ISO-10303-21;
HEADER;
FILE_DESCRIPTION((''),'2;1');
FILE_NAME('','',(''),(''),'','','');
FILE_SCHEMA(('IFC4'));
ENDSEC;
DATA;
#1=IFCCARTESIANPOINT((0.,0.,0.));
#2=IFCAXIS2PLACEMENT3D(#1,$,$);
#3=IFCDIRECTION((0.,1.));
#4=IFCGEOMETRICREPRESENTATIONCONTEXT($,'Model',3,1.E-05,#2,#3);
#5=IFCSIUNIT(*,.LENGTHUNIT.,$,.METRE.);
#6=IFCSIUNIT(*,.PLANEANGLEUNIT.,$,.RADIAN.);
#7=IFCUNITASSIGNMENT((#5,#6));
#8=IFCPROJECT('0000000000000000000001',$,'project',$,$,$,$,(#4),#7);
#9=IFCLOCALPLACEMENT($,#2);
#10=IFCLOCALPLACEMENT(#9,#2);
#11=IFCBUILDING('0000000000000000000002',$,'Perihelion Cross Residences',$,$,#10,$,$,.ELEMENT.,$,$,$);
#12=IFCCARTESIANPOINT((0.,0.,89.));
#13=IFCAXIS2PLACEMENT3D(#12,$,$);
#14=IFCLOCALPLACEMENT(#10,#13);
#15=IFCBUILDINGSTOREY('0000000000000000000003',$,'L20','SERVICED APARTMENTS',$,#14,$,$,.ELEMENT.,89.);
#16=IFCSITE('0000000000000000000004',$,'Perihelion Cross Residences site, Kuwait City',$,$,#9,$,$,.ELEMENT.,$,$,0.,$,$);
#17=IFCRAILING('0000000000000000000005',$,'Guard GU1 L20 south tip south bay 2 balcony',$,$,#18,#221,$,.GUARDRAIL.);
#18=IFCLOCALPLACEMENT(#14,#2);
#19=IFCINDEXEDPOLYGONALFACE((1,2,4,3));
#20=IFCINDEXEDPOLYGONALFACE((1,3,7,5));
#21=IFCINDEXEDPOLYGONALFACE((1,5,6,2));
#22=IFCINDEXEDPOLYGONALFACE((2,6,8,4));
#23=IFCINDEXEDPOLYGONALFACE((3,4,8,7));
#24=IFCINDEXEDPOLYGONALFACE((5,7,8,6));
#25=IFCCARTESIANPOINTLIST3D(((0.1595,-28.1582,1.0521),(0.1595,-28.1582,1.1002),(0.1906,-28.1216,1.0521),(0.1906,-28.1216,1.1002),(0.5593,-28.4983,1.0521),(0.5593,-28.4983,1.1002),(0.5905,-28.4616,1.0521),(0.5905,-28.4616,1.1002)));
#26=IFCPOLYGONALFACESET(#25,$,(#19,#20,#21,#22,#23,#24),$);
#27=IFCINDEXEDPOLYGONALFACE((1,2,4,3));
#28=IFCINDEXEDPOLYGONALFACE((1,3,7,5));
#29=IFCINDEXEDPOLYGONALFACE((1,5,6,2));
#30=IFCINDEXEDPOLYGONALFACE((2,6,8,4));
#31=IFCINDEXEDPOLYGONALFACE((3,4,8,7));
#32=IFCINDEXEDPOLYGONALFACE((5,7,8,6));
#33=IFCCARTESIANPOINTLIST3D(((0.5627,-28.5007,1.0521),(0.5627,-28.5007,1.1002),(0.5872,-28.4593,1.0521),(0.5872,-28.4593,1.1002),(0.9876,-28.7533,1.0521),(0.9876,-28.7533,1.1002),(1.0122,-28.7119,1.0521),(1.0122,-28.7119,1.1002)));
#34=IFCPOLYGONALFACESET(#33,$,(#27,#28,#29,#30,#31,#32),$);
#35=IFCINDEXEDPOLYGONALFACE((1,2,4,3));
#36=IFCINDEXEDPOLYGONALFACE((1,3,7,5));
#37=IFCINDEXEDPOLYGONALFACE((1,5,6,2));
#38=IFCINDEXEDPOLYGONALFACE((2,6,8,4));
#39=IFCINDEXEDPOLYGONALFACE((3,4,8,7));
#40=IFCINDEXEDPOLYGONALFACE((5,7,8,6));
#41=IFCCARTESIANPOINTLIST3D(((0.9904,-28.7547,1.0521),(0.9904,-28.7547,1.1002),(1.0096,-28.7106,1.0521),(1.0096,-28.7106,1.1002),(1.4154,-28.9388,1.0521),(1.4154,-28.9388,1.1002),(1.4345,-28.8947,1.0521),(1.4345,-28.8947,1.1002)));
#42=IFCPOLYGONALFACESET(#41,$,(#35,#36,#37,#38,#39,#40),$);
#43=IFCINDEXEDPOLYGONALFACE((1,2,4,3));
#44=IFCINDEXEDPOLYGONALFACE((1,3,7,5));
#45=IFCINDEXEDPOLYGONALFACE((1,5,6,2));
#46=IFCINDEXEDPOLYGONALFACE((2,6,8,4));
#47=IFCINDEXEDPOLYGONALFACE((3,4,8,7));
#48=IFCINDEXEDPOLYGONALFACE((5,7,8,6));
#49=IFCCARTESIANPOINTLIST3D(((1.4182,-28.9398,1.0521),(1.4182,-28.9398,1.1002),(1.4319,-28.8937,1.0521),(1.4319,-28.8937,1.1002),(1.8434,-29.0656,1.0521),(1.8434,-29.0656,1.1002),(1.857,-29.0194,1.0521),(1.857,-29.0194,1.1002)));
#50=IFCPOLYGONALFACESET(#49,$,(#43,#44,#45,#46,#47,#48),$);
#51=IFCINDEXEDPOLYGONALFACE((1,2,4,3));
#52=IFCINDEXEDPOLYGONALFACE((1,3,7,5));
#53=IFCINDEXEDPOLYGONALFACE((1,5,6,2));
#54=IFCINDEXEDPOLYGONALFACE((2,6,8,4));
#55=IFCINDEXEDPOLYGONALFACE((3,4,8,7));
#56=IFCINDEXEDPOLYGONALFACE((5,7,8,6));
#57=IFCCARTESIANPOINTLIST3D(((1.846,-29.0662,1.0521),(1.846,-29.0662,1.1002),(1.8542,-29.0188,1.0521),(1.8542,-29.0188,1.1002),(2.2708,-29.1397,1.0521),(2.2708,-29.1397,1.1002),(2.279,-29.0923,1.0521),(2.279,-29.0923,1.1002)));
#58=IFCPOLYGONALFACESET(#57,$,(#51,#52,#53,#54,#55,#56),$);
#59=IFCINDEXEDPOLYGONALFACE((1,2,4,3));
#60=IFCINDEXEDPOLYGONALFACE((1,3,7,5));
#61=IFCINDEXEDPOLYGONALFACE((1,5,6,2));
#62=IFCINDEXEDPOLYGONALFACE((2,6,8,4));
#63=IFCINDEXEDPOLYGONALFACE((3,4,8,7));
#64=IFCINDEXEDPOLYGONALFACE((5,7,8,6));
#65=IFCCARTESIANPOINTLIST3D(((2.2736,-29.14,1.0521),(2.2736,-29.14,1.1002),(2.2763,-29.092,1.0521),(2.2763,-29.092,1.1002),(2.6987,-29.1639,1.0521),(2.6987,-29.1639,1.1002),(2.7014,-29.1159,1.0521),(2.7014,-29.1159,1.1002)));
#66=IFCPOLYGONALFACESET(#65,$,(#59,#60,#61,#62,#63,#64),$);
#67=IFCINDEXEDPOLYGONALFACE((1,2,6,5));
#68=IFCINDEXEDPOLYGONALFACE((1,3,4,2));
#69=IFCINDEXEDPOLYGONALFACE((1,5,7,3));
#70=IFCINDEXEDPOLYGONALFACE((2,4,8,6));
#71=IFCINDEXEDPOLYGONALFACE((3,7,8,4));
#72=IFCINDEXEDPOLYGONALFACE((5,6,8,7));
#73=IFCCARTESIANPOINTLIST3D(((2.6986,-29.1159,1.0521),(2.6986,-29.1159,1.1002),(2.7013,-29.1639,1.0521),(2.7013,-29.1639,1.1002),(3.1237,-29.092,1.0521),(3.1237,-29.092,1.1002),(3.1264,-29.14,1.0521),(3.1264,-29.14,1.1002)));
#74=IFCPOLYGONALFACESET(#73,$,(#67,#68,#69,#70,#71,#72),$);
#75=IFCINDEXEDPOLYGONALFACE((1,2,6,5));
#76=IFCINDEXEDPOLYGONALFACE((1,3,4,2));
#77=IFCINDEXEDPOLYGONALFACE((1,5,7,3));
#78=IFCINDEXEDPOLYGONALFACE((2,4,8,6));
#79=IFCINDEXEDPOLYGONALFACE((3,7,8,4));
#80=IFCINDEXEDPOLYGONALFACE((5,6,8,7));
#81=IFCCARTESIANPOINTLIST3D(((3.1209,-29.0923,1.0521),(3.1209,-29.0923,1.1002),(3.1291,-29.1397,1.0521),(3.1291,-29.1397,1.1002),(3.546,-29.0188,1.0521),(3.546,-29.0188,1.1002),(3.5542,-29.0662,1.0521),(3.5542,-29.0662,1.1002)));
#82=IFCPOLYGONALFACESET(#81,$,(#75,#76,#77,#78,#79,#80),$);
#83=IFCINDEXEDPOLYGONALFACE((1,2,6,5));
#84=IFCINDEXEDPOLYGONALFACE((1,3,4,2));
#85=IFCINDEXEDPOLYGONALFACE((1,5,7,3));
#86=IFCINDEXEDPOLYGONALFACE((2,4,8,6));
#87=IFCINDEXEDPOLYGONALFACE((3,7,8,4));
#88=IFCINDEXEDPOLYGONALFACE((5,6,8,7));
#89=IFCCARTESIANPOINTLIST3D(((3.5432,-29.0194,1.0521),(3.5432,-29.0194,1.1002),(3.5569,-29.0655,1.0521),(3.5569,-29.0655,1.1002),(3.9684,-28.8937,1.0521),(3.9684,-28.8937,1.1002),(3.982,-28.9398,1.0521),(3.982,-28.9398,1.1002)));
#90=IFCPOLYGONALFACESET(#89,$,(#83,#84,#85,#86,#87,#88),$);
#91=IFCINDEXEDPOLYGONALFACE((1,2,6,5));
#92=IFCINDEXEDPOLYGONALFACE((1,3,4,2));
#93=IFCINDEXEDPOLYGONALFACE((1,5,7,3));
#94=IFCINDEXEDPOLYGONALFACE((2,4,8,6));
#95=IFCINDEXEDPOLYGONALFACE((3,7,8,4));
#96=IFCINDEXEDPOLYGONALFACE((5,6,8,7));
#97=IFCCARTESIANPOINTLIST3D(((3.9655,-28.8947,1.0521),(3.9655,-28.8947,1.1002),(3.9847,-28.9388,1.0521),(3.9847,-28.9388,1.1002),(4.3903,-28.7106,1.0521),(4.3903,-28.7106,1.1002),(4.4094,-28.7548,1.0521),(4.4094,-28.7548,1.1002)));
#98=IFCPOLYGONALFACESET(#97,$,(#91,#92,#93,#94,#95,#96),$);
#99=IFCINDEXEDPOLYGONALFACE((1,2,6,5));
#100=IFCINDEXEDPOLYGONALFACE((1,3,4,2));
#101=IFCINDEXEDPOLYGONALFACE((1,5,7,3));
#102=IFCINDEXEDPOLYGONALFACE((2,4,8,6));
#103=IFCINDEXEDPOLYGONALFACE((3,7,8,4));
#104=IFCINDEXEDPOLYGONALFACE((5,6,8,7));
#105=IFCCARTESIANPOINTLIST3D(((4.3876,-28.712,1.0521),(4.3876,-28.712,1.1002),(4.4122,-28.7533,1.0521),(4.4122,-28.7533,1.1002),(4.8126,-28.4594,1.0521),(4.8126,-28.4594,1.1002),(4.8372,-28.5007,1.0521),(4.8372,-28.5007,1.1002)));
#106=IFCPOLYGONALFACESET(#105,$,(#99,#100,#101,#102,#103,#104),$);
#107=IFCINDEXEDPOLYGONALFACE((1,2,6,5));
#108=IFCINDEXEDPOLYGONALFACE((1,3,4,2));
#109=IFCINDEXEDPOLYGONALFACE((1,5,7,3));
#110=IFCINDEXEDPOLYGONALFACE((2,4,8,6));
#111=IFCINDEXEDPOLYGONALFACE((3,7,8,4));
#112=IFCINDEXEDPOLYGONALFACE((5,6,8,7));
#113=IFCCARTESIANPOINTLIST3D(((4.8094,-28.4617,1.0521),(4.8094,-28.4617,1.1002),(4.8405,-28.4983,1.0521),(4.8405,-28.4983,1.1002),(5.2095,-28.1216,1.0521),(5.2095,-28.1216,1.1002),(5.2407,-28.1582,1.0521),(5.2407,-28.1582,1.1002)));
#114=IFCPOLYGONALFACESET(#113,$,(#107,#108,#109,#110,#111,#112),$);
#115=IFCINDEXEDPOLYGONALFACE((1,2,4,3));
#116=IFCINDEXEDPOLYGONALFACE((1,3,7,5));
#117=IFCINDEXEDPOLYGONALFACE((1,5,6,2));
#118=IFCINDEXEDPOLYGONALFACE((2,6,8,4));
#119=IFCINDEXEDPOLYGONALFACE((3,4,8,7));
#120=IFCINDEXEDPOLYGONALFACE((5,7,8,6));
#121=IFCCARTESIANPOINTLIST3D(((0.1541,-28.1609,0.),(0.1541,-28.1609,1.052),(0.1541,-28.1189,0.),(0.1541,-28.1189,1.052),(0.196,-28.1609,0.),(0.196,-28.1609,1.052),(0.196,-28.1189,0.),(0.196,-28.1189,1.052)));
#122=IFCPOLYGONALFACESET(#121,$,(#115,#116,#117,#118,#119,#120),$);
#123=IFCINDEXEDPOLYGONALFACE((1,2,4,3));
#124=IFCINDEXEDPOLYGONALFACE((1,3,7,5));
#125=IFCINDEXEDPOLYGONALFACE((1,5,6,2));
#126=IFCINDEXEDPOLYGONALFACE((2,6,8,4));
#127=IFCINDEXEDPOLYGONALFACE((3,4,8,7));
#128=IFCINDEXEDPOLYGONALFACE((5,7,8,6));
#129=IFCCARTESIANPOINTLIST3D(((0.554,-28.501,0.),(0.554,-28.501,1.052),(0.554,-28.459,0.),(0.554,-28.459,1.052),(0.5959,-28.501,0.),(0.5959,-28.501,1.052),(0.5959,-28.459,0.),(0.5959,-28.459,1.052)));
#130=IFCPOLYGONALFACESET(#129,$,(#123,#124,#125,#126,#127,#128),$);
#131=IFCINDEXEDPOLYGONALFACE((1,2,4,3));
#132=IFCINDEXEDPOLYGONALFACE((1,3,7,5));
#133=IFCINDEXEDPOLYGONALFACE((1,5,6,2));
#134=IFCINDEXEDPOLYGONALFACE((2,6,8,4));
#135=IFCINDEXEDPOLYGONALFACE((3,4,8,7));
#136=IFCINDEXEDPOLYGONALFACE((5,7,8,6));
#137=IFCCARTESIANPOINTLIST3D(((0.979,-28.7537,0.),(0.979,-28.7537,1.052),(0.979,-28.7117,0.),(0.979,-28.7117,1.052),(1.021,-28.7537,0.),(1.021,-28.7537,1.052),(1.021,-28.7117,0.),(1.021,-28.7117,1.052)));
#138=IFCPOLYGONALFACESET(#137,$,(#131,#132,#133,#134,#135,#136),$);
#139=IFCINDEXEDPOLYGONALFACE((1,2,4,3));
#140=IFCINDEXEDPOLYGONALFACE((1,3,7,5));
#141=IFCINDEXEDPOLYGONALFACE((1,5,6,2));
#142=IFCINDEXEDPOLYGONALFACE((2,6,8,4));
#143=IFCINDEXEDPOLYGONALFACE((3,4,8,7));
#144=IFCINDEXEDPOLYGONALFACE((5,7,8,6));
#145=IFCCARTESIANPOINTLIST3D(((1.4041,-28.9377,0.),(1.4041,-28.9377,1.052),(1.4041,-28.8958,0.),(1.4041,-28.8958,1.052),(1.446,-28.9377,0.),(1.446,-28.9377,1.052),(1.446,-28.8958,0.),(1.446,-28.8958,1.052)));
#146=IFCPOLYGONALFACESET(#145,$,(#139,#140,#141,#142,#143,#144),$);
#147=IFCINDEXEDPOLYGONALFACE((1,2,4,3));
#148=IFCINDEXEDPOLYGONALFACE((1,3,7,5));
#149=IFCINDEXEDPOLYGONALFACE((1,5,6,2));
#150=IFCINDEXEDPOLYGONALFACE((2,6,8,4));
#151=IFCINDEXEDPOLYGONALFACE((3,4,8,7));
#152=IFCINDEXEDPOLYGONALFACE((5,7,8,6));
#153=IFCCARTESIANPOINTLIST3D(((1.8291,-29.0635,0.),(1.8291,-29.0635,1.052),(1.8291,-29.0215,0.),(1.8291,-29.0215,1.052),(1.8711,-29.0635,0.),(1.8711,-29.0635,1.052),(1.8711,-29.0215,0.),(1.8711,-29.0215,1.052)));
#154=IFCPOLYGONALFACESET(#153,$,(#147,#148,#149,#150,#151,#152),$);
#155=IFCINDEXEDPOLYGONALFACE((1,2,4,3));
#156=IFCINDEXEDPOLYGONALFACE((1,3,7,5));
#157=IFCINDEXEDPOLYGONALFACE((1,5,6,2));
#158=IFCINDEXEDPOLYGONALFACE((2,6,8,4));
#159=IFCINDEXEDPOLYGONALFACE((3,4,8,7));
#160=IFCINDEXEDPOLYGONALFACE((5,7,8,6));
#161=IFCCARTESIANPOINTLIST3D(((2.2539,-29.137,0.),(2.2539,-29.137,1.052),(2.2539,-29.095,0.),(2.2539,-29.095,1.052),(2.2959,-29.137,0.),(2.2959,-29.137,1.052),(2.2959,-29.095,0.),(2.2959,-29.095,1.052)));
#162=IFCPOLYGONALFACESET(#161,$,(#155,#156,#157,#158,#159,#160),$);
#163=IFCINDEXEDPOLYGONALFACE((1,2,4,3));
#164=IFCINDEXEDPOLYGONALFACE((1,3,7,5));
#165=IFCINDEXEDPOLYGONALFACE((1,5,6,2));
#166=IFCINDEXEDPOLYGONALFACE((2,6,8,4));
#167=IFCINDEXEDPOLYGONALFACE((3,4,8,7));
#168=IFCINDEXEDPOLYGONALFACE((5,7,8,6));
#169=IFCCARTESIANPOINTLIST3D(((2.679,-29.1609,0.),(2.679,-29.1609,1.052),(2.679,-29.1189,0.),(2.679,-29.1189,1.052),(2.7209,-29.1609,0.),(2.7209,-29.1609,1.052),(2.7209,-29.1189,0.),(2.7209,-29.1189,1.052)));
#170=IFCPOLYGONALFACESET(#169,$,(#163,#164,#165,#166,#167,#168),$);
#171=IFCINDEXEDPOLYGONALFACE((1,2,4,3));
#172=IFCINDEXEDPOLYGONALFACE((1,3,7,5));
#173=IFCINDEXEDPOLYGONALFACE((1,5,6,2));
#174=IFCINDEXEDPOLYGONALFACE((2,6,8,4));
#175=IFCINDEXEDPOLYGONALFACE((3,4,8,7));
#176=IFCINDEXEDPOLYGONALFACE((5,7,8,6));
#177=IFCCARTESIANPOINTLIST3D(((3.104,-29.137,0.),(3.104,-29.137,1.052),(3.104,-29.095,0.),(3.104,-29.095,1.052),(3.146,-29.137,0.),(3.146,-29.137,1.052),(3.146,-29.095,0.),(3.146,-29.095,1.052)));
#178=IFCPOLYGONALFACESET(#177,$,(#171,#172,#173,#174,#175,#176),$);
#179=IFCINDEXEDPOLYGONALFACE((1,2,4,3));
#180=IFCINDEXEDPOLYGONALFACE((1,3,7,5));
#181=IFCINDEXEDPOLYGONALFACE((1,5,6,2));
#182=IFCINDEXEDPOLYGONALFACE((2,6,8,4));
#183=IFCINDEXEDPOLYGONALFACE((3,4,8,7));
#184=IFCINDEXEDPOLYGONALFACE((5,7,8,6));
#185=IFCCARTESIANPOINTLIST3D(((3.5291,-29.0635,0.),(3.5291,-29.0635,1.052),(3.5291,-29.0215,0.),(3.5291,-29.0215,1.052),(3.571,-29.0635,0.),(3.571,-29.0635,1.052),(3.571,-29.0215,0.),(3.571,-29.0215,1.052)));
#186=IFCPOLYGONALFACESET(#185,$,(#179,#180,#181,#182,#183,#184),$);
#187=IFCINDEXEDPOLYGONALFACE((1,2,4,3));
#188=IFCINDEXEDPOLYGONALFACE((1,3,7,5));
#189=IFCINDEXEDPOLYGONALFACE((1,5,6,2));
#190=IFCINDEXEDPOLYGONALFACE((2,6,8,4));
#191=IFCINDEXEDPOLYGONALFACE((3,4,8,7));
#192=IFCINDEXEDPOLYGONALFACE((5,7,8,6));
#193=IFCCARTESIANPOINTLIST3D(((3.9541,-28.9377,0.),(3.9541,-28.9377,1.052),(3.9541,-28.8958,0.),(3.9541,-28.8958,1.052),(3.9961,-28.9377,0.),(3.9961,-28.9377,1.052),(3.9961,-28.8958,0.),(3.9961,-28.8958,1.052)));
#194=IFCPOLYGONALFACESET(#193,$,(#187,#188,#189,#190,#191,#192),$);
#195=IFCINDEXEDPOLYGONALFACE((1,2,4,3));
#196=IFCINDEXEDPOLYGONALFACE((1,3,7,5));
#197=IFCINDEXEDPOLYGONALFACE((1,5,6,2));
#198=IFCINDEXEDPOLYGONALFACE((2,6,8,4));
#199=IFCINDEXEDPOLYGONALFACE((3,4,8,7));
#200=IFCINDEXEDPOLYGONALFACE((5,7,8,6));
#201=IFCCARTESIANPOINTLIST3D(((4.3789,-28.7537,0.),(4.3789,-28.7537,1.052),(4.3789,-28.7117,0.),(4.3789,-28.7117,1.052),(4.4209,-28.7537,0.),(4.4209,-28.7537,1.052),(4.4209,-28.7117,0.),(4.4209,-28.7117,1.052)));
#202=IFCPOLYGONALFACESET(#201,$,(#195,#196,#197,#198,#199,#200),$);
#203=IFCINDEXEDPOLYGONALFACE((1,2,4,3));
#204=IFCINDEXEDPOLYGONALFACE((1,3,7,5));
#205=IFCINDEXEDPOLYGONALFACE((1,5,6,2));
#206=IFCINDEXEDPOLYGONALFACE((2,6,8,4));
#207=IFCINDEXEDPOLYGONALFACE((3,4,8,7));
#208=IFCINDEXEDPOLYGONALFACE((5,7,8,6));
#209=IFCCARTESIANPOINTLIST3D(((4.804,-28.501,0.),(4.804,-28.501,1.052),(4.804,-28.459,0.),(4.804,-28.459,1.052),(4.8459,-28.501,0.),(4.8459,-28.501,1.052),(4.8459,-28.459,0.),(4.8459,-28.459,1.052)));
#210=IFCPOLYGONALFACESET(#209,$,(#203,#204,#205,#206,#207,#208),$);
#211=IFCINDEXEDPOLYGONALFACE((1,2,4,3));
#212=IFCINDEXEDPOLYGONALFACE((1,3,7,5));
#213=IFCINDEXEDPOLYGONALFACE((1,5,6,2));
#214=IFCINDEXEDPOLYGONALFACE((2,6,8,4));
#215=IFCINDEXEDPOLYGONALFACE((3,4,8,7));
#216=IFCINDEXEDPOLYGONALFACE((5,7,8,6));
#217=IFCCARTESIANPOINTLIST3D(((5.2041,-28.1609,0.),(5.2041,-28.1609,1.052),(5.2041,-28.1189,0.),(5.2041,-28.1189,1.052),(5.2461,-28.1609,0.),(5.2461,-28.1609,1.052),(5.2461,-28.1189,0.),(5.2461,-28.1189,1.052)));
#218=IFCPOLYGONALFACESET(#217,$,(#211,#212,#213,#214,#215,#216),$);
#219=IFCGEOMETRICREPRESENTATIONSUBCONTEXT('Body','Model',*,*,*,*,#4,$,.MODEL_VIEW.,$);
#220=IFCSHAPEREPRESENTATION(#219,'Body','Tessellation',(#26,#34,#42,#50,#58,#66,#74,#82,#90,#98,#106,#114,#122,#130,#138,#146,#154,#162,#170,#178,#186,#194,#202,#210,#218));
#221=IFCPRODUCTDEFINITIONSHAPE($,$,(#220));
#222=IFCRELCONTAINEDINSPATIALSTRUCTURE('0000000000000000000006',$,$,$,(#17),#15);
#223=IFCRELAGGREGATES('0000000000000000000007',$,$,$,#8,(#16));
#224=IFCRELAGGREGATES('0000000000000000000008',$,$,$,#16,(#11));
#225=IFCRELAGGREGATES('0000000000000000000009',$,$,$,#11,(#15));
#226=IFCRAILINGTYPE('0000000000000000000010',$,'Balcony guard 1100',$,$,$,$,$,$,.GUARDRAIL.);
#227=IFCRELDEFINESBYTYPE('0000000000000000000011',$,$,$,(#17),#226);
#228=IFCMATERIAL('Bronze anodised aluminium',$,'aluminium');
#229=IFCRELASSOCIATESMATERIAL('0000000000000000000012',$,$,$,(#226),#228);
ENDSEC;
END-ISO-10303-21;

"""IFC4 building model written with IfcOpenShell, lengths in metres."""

from ifc_helpers import new_model, si_unit, direction, frame, origin, origin_2d, place, context, subcontext, project, spatial, rectangle, extrude, material, type_object, element, save


model = new_model("IFC4")

# Units and contexts
model_context = context("Model", 3, precision=1e-05, world=origin(), true_north=direction((0.0, 1.0)))
body_context = subcontext(model_context, "Body", "Model", "MODEL_VIEW")
ifc_project = project(units=[si_unit("LENGTHUNIT", "METRE"), si_unit("PLANEANGLEUNIT", "RADIAN")], contexts=[model_context])

# Site, building, storey
site_placement = place(None, origin())
site = spatial("IfcSite", under=ifc_project, at=site_placement, Name="Perihelion Cross Residences site, Kuwait City", CompositionType="ELEMENT", RefElevation=0.0)
building_placement = place(site_placement, origin())
building = spatial("IfcBuilding", under=site, at=building_placement, Name="Perihelion Cross Residences", CompositionType="ELEMENT")
storey_placement = place(building_placement, frame((0.0, 0.0, 89.0)))
storey = spatial("IfcBuildingStorey", under=building, at=storey_placement, Name="L20", Description="SERVICED APARTMENTS", CompositionType="ELEMENT", Elevation=89.0)

# Railing
ifc_material_1 = material(Name="Bronze anodised aluminium", Category="aluminium")
railing_type = type_object("IfcRailingType", Name="Balcony guard 1100", PredefinedType="GUARDRAIL", material=ifc_material_1)
railing_placement = place(storey_placement, frame((0.175, -28.1399, 0.0)))
element("IfcRailing", 1, at=railing_placement, inside=storey, type_object=railing_type, Name="Guard GU1 L20 south tip south bay 2 balcony", PredefinedType="GUARDRAIL", context=body_context, shape_type="SweptSolid", body=[
    extrude(rectangle(XDim=0.0481, YDim=0.0481, at=origin_2d()), frame((0.0, 0.0, 1.0762), z_axis=(0.761779, -0.647837, 0.0), x_axis=(0.647837, 0.761779, 0.0)), (0.0, 0.0, 1.0), 0.5249),
    extrude(rectangle(XDim=0.0481, YDim=0.0481, at=origin_2d()), frame((0.3999, -0.3401, 1.0762), z_axis=(0.859577, -0.511006, 0.0), x_axis=(0.511006, 0.859577, 0.0)), (0.0, 0.0, 1.0), 0.4944),
    extrude(rectangle(XDim=0.0481, YDim=0.0481, at=origin_2d()), frame((0.825, -0.5928, 1.0762), z_axis=(0.917639, -0.397415, 0.0), x_axis=(0.397415, 0.917639, 0.0)), (0.0, 0.0, 1.0), 0.4631),
    extrude(rectangle(XDim=0.0481, YDim=0.0481, at=origin_2d()), frame((1.25, -0.7769, 1.0762), z_axis=(0.958926, -0.283657, 0.0), x_axis=(0.283657, 0.958926, 0.0)), (0.0, 0.0, 1.0), 0.4434),
    extrude(rectangle(XDim=0.0481, YDim=0.0481, at=origin_2d()), frame((1.675, -0.9026, 1.0762), z_axis=(0.985365, -0.170457, 0.0), x_axis=(0.170457, 0.985365, 0.0)), (0.0, 0.0, 1.0), 0.4312),
    extrude(rectangle(XDim=0.0481, YDim=0.0481, at=origin_2d()), frame((2.0999, -0.9761, 1.0762), z_axis=(0.99842, -0.056201, 0.0), x_axis=(0.056201, 0.99842, 0.0)), (0.0, 0.0, 1.0), 0.4258),
    extrude(rectangle(XDim=0.0481, YDim=0.0481, at=origin_2d()), frame((2.5249, -1.0, 1.0762), z_axis=(0.99842, 0.056201, 0.0), x_axis=(-0.056201, 0.99842, 0.0)), (0.0, 0.0, 1.0), 0.4258),
    extrude(rectangle(XDim=0.0481, YDim=0.0481, at=origin_2d()), frame((2.95, -0.9761, 1.0762), z_axis=(0.985382, 0.170362, 0.0), x_axis=(-0.170362, 0.985382, 0.0)), (0.0, 0.0, 1.0), 0.4314),
    extrude(rectangle(XDim=0.0481, YDim=0.0481, at=origin_2d()), frame((3.375, -0.9026, 1.0762), z_axis=(0.958926, 0.283657, 0.0), x_axis=(-0.283657, 0.958926, 0.0)), (0.0, 0.0, 1.0), 0.4434),
    extrude(rectangle(XDim=0.0481, YDim=0.0481, at=origin_2d()), frame((3.8, -0.7769, 1.0762), z_axis=(0.917556, 0.397607, 0.0), x_axis=(-0.397607, 0.917556, 0.0)), (0.0, 0.0, 1.0), 0.4629),
    extrude(rectangle(XDim=0.0481, YDim=0.0481, at=origin_2d()), frame((4.2249, -0.5928, 1.0762), z_axis=(0.859577, 0.511006, 0.0), x_axis=(-0.511006, 0.859577, 0.0)), (0.0, 0.0, 1.0), 0.4944),
    extrude(rectangle(XDim=0.0481, YDim=0.0481, at=origin_2d()), frame((4.6499, -0.3401, 1.0762), z_axis=(0.761974, 0.647608, 0.0), x_axis=(-0.647608, 0.761974, 0.0)), (0.0, 0.0, 1.0), 0.5251),
    extrude(rectangle(XDim=0.042, YDim=0.042, at=origin_2d()), origin(), (0.0, 0.0, 1.0), 1.052),
    extrude(rectangle(XDim=0.042, YDim=0.042, at=origin_2d()), frame((0.3999, -0.3401, 0.0)), (0.0, 0.0, 1.0), 1.052),
    extrude(rectangle(XDim=0.042, YDim=0.042, at=origin_2d()), frame((0.825, -0.5928, 0.0)), (0.0, 0.0, 1.0), 1.052),
    extrude(rectangle(XDim=0.042, YDim=0.042, at=origin_2d()), frame((1.25, -0.7769, 0.0)), (0.0, 0.0, 1.0), 1.052),
    extrude(rectangle(XDim=0.042, YDim=0.042, at=origin_2d()), frame((1.675, -0.9026, 0.0)), (0.0, 0.0, 1.0), 1.052),
    extrude(rectangle(XDim=0.042, YDim=0.042, at=origin_2d()), frame((2.0999, -0.9761, 0.0)), (0.0, 0.0, 1.0), 1.052),
    extrude(rectangle(XDim=0.042, YDim=0.042, at=origin_2d()), frame((2.5249, -1.0, 0.0)), (0.0, 0.0, 1.0), 1.052),
    extrude(rectangle(XDim=0.042, YDim=0.042, at=origin_2d()), frame((2.95, -0.9761, 0.0)), (0.0, 0.0, 1.0), 1.052),
    extrude(rectangle(XDim=0.042, YDim=0.042, at=origin_2d()), frame((3.375, -0.9026, 0.0)), (0.0, 0.0, 1.0), 1.052),
    extrude(rectangle(XDim=0.042, YDim=0.042, at=origin_2d()), frame((3.8, -0.7769, 0.0)), (0.0, 0.0, 1.0), 1.052),
    extrude(rectangle(XDim=0.042, YDim=0.042, at=origin_2d()), frame((4.2249, -0.5928, 0.0)), (0.0, 0.0, 1.0), 1.052),
    extrude(rectangle(XDim=0.042, YDim=0.042, at=origin_2d()), frame((4.6499, -0.3401, 0.0)), (0.0, 0.0, 1.0), 1.052),
    extrude(rectangle(XDim=0.042, YDim=0.042, at=origin_2d()), frame((5.05, 0.0, 0.0)), (0.0, 0.0, 1.0), 1.052),
])

save(model, "model.ifc")
